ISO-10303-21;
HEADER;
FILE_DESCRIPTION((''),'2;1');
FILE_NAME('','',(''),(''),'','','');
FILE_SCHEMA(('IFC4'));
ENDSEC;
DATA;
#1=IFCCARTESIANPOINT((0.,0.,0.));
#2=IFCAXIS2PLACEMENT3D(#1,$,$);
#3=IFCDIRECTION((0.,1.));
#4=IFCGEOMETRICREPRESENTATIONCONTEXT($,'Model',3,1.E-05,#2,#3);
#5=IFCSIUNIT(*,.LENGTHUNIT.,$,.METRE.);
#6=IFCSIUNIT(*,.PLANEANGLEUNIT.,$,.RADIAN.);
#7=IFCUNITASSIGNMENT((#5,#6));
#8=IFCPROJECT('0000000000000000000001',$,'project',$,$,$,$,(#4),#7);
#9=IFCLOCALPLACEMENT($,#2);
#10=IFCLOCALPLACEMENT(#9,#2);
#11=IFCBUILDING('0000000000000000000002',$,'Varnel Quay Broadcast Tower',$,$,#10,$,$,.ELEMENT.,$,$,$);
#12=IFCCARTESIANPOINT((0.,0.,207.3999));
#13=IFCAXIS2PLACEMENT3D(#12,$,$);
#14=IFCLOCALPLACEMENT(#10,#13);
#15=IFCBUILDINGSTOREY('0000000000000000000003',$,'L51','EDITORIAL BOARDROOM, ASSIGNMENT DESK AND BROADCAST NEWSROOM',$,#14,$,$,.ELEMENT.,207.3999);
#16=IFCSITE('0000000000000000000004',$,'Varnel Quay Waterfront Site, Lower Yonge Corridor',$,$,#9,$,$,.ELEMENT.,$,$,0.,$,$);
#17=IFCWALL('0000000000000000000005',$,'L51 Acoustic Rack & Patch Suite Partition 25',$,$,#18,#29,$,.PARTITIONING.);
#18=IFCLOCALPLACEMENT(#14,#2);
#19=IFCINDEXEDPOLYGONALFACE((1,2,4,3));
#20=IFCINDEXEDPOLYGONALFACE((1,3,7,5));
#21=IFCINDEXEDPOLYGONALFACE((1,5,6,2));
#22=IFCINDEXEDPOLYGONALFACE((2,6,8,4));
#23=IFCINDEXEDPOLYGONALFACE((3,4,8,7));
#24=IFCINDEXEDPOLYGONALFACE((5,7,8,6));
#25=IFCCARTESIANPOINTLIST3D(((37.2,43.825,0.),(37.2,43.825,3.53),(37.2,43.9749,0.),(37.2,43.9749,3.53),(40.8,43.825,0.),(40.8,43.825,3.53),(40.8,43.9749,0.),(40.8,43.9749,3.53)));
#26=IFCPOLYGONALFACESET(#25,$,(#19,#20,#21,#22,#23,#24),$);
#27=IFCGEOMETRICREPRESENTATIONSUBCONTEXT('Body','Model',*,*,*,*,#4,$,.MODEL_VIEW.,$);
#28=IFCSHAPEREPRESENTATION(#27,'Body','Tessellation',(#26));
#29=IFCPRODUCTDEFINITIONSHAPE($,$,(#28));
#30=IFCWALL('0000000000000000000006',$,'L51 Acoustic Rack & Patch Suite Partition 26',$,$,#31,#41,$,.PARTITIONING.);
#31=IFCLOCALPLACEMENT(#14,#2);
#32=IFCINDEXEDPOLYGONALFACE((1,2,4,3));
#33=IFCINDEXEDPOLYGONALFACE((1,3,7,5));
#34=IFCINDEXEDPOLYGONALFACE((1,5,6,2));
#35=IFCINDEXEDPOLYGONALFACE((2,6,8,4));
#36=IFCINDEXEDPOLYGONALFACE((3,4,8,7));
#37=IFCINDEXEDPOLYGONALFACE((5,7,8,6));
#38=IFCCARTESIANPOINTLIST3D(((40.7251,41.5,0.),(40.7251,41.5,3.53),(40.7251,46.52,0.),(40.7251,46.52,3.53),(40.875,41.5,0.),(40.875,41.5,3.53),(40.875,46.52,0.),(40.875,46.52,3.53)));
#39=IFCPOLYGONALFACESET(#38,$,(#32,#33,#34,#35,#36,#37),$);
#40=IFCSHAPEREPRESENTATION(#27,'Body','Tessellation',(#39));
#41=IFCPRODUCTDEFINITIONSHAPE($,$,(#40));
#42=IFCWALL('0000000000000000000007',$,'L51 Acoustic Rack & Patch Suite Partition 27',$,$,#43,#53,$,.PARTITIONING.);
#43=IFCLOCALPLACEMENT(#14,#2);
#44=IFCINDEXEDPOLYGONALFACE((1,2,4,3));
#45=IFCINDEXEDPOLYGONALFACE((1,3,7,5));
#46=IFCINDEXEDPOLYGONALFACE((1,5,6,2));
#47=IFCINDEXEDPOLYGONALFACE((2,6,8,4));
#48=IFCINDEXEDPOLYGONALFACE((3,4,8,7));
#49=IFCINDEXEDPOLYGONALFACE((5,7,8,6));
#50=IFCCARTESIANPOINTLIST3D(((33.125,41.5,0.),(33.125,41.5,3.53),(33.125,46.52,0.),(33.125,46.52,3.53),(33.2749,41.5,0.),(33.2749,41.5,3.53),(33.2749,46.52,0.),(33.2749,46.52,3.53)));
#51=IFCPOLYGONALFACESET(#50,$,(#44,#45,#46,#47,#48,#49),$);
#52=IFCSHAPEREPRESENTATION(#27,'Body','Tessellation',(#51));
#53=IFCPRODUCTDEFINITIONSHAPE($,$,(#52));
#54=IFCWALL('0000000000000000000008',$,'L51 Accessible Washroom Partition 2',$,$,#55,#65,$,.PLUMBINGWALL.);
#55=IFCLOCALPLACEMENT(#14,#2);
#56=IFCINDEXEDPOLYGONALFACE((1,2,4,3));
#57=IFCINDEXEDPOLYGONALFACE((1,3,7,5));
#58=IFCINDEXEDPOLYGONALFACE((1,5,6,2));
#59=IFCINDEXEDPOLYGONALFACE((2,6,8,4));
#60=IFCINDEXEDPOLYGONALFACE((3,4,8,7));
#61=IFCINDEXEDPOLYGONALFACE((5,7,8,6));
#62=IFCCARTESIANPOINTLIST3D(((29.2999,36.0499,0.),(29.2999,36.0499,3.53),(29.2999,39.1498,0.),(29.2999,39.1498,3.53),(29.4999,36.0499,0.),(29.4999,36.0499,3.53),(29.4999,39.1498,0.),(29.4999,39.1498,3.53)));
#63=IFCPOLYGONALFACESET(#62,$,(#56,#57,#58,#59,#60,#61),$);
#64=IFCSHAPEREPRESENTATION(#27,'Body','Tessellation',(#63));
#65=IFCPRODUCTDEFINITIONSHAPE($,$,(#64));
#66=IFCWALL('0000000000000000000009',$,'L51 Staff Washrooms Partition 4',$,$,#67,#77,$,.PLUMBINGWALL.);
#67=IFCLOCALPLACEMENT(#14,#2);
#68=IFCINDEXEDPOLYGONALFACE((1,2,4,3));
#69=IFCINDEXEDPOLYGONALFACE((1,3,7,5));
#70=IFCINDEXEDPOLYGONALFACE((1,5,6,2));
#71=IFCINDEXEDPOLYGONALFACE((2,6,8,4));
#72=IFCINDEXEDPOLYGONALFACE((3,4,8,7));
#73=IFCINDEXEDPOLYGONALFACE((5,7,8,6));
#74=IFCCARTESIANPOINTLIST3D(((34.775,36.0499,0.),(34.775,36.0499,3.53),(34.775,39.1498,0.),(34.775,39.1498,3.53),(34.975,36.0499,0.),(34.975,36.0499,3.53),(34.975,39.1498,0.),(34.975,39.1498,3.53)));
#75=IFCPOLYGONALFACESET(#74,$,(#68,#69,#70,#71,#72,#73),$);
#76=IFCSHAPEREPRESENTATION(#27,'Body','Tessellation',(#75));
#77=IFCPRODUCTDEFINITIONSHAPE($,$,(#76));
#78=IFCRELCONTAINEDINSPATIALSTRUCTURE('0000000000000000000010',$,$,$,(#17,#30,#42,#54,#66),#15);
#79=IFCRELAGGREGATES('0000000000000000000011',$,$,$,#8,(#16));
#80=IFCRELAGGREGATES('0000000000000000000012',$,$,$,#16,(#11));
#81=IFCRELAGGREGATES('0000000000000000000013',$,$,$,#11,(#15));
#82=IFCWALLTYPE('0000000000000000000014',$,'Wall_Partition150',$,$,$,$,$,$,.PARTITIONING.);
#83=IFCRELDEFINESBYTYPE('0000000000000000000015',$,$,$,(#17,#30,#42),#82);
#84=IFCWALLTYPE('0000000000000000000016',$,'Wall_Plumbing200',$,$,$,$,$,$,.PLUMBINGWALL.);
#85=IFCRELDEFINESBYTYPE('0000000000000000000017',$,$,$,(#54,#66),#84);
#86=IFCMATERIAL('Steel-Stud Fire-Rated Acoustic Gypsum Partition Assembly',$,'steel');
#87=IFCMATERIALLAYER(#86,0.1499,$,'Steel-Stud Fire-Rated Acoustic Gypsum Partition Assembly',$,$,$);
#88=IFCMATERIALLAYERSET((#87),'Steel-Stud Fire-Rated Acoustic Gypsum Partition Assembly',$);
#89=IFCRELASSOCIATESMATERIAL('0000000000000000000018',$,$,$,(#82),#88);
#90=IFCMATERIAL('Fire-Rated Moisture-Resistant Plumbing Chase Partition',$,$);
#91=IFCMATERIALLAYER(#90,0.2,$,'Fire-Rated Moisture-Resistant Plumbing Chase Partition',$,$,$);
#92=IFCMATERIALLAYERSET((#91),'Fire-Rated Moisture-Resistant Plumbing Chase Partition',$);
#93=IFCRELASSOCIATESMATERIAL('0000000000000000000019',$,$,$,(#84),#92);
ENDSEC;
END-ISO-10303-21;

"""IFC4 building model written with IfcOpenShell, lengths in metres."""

from ifc_helpers import new_model, si_unit, direction, frame, frame_2d, origin, place, context, subcontext, project, spatial, rectangle, extrude, material, layer, layer_set, type_object, element, save


model = new_model("IFC4")

# Units and contexts
model_context = context("Model", 3, precision=1e-05, world=origin(), true_north=direction((0.0, 1.0)))
body_context = subcontext(model_context, "Body", "Model", "MODEL_VIEW")
ifc_project = project(units=[si_unit("LENGTHUNIT", "METRE"), si_unit("PLANEANGLEUNIT", "RADIAN")], contexts=[model_context])

# Site, building, storey
site_placement = place(None, origin())
site = spatial("IfcSite", under=ifc_project, at=site_placement, Name="Varnel Quay Waterfront Site, Lower Yonge Corridor", CompositionType="ELEMENT", RefElevation=0.0)
building_placement = place(site_placement, origin())
building = spatial("IfcBuilding", under=site, at=building_placement, Name="Varnel Quay Broadcast Tower", CompositionType="ELEMENT")
storey_placement = place(building_placement, frame((0.0, 0.0, 207.3999)))
storey = spatial("IfcBuildingStorey", under=building, at=storey_placement, Name="L51", Description="EDITORIAL BOARDROOM, ASSIGNMENT DESK AND BROADCAST NEWSROOM", CompositionType="ELEMENT", Elevation=207.3999)

# Shared definitions
ifc_material_1 = material(Name="Steel-Stud Fire-Rated Acoustic Gypsum Partition Assembly", Category="steel")

# Shared definitions
ifc_layer_1 = layer(ifc_material_1, 0.1499, Name="Steel-Stud Fire-Rated Acoustic Gypsum Partition Assembly")
ifc_layer_set_1 = layer_set([ifc_layer_1], Name="Steel-Stud Fire-Rated Acoustic Gypsum Partition Assembly")
wall_type_1 = type_object("IfcWallType", Name="Wall_Partition150", PredefinedType="PARTITIONING", material=ifc_layer_set_1)

# Walls
wall_1_placement = place(storey_placement, frame((37.2, 43.8999, 0.0), z_axis=(0.0, 0.0, 1.0), x_axis=(1.0, 0.0, 0.0)))
element("IfcWall", 1, at=wall_1_placement, inside=storey, type_object=wall_type_1, Name="L51 Acoustic Rack & Patch Suite Partition 25", PredefinedType="PARTITIONING", context=body_context, shape_type="SweptSolid", body=[
    extrude(rectangle(XDim=3.6001, YDim=0.1499, at=frame_2d((1.8, 0.0))), origin(), (0.0, 0.0, 1.0), 3.53),
])
for number, where, z_axis, x_axis, name in (
    (2, (40.8, 41.5, 0.0), (0.0, 0.0, 1.0), (0.0, 1.0, 0.0), "L51 Acoustic Rack & Patch Suite Partition 26"),
    (3, (33.2, 41.5, 0.0), (0.0, 0.0, 1.0), (0.0, 1.0, 0.0), "L51 Acoustic Rack & Patch Suite Partition 27"),
):
    element("IfcWall", number, at=place(storey_placement, frame(where, z_axis=z_axis, x_axis=x_axis)), inside=storey, type_object=wall_type_1, Name=name, PredefinedType="PARTITIONING", context=body_context, shape_type="SweptSolid", body=[
        extrude(rectangle(XDim=5.02, YDim=0.1499, at=frame_2d((2.51, 0.0))), origin(), (0.0, 0.0, 1.0), 3.53),
    ])
ifc_material_2 = material(Name="Fire-Rated Moisture-Resistant Plumbing Chase Partition")
ifc_layer_2 = layer(ifc_material_2, 0.2, Name="Fire-Rated Moisture-Resistant Plumbing Chase Partition")
ifc_layer_set_2 = layer_set([ifc_layer_2], Name="Fire-Rated Moisture-Resistant Plumbing Chase Partition")
wall_type_2 = type_object("IfcWallType", Name="Wall_Plumbing200", PredefinedType="PLUMBINGWALL", material=ifc_layer_set_2)
for number, where, z_axis, x_axis, name in (
    (4, (29.3999, 36.05, 0.0), (0.0, 0.0, 1.0), (0.0, 1.0, 0.0), "L51 Accessible Washroom Partition 2"),
    (5, (34.875, 36.05, 0.0), (0.0, 0.0, 1.0), (0.0, 1.0, 0.0), "L51 Staff Washrooms Partition 4"),
):
    element("IfcWall", number, at=place(storey_placement, frame(where, z_axis=z_axis, x_axis=x_axis)), inside=storey, type_object=wall_type_2, Name=name, PredefinedType="PLUMBINGWALL", context=body_context, shape_type="SweptSolid", body=[
        extrude(rectangle(XDim=3.0999, YDim=0.2, at=frame_2d((1.5498, 0.0))), origin(), (0.0, 0.0, 1.0), 3.53),
    ])

save(model, "model.ifc")
